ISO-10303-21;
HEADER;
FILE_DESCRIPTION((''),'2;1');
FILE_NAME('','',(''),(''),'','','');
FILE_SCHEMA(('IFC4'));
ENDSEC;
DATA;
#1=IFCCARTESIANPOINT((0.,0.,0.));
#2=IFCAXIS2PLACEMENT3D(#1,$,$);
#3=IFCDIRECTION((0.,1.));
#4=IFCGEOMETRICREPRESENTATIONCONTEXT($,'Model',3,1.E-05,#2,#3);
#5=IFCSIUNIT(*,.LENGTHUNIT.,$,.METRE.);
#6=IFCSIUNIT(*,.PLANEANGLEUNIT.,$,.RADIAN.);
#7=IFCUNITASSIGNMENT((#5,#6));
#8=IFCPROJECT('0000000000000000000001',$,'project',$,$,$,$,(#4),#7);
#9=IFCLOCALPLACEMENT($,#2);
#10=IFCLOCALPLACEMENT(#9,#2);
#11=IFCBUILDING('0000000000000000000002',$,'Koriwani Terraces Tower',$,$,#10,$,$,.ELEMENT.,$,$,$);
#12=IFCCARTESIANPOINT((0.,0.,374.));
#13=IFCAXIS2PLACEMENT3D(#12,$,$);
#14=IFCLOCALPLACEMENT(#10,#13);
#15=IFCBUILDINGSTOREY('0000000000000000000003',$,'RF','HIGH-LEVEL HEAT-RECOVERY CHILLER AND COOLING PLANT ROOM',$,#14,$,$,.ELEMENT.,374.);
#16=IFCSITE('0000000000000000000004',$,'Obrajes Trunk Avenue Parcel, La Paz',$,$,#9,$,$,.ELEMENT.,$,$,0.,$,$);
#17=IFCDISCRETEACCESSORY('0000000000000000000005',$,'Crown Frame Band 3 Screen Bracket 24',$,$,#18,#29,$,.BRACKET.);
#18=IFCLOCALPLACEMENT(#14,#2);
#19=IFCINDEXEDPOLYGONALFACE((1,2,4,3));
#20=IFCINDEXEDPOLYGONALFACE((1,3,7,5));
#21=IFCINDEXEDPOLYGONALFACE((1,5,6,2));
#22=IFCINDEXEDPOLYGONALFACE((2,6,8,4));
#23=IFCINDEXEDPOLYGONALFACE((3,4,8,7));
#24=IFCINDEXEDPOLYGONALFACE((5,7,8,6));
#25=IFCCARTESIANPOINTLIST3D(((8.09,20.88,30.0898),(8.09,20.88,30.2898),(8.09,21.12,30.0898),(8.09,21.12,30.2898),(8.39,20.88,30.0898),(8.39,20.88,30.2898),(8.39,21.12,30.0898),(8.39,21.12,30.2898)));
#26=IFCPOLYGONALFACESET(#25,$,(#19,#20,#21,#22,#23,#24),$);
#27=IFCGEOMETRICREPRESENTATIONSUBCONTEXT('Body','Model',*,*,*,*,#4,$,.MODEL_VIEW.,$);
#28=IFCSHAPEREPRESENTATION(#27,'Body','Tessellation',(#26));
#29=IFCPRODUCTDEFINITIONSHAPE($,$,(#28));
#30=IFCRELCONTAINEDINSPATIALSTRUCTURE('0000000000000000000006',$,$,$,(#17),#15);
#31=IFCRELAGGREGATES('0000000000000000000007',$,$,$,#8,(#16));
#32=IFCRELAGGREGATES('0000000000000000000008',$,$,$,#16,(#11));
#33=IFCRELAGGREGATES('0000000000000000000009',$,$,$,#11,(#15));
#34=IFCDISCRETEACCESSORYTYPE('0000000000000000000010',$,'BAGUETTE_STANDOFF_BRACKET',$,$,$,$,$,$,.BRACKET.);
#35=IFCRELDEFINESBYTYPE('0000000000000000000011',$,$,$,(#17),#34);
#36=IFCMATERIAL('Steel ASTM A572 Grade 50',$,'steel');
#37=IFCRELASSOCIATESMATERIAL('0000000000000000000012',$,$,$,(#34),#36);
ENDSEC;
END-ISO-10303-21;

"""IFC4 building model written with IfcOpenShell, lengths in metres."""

from ifc_helpers import new_model, si_unit, direction, frame, origin, origin_2d, place, context, subcontext, project, spatial, rectangle, extrude, material, type_object, element, save


model = new_model("IFC4")

# Units and contexts
model_context = context("Model", 3, precision=1e-05, world=origin(), true_north=direction((0.0, 1.0)))
body_context = subcontext(model_context, "Body", "Model", "MODEL_VIEW")
ifc_project = project(units=[si_unit("LENGTHUNIT", "METRE"), si_unit("PLANEANGLEUNIT", "RADIAN")], contexts=[model_context])

# Site, building, storey
site_placement = place(None, origin())
site = spatial("IfcSite", under=ifc_project, at=site_placement, Name="Obrajes Trunk Avenue Parcel, La Paz", CompositionType="ELEMENT", RefElevation=0.0)
building_placement = place(site_placement, origin())
building = spatial("IfcBuilding", under=site, at=building_placement, Name="Koriwani Terraces Tower", CompositionType="ELEMENT")
storey_placement = place(building_placement, frame((0.0, 0.0, 374.0)))
storey = spatial("IfcBuildingStorey", under=building, at=storey_placement, Name="RF", Description="HIGH-LEVEL HEAT-RECOVERY CHILLER AND COOLING PLANT ROOM", CompositionType="ELEMENT", Elevation=374.0)

# Shared definitions
ifc_material_1 = material(Name="Steel ASTM A572 Grade 50", Category="steel")

# Discrete accessory
discrete_accessory_type = type_object("IfcDiscreteAccessoryType", Name="BAGUETTE_STANDOFF_BRACKET", PredefinedType="BRACKET", material=ifc_material_1)
for number, where, z_axis, x_axis, name in (
    (1, (8.24, 21.0, 30.0898), (0.0, 0.0, 1.0), (0.0, -1.0, 0.0), "Crown Frame Band 3 Screen Bracket 24"),
):
    element("IfcDiscreteAccessory", number, at=place(storey_placement, frame(where, z_axis=z_axis, x_axis=x_axis)), inside=storey, type_object=discrete_accessory_type, Name=name, PredefinedType="BRACKET", context=body_context, shape_type="SweptSolid", body=[
        extrude(rectangle(XDim=0.24, YDim=0.3, at=origin_2d()), origin(), (0.0, 0.0, 1.0), 0.2),
    ])

save(model, "model.ifc")
